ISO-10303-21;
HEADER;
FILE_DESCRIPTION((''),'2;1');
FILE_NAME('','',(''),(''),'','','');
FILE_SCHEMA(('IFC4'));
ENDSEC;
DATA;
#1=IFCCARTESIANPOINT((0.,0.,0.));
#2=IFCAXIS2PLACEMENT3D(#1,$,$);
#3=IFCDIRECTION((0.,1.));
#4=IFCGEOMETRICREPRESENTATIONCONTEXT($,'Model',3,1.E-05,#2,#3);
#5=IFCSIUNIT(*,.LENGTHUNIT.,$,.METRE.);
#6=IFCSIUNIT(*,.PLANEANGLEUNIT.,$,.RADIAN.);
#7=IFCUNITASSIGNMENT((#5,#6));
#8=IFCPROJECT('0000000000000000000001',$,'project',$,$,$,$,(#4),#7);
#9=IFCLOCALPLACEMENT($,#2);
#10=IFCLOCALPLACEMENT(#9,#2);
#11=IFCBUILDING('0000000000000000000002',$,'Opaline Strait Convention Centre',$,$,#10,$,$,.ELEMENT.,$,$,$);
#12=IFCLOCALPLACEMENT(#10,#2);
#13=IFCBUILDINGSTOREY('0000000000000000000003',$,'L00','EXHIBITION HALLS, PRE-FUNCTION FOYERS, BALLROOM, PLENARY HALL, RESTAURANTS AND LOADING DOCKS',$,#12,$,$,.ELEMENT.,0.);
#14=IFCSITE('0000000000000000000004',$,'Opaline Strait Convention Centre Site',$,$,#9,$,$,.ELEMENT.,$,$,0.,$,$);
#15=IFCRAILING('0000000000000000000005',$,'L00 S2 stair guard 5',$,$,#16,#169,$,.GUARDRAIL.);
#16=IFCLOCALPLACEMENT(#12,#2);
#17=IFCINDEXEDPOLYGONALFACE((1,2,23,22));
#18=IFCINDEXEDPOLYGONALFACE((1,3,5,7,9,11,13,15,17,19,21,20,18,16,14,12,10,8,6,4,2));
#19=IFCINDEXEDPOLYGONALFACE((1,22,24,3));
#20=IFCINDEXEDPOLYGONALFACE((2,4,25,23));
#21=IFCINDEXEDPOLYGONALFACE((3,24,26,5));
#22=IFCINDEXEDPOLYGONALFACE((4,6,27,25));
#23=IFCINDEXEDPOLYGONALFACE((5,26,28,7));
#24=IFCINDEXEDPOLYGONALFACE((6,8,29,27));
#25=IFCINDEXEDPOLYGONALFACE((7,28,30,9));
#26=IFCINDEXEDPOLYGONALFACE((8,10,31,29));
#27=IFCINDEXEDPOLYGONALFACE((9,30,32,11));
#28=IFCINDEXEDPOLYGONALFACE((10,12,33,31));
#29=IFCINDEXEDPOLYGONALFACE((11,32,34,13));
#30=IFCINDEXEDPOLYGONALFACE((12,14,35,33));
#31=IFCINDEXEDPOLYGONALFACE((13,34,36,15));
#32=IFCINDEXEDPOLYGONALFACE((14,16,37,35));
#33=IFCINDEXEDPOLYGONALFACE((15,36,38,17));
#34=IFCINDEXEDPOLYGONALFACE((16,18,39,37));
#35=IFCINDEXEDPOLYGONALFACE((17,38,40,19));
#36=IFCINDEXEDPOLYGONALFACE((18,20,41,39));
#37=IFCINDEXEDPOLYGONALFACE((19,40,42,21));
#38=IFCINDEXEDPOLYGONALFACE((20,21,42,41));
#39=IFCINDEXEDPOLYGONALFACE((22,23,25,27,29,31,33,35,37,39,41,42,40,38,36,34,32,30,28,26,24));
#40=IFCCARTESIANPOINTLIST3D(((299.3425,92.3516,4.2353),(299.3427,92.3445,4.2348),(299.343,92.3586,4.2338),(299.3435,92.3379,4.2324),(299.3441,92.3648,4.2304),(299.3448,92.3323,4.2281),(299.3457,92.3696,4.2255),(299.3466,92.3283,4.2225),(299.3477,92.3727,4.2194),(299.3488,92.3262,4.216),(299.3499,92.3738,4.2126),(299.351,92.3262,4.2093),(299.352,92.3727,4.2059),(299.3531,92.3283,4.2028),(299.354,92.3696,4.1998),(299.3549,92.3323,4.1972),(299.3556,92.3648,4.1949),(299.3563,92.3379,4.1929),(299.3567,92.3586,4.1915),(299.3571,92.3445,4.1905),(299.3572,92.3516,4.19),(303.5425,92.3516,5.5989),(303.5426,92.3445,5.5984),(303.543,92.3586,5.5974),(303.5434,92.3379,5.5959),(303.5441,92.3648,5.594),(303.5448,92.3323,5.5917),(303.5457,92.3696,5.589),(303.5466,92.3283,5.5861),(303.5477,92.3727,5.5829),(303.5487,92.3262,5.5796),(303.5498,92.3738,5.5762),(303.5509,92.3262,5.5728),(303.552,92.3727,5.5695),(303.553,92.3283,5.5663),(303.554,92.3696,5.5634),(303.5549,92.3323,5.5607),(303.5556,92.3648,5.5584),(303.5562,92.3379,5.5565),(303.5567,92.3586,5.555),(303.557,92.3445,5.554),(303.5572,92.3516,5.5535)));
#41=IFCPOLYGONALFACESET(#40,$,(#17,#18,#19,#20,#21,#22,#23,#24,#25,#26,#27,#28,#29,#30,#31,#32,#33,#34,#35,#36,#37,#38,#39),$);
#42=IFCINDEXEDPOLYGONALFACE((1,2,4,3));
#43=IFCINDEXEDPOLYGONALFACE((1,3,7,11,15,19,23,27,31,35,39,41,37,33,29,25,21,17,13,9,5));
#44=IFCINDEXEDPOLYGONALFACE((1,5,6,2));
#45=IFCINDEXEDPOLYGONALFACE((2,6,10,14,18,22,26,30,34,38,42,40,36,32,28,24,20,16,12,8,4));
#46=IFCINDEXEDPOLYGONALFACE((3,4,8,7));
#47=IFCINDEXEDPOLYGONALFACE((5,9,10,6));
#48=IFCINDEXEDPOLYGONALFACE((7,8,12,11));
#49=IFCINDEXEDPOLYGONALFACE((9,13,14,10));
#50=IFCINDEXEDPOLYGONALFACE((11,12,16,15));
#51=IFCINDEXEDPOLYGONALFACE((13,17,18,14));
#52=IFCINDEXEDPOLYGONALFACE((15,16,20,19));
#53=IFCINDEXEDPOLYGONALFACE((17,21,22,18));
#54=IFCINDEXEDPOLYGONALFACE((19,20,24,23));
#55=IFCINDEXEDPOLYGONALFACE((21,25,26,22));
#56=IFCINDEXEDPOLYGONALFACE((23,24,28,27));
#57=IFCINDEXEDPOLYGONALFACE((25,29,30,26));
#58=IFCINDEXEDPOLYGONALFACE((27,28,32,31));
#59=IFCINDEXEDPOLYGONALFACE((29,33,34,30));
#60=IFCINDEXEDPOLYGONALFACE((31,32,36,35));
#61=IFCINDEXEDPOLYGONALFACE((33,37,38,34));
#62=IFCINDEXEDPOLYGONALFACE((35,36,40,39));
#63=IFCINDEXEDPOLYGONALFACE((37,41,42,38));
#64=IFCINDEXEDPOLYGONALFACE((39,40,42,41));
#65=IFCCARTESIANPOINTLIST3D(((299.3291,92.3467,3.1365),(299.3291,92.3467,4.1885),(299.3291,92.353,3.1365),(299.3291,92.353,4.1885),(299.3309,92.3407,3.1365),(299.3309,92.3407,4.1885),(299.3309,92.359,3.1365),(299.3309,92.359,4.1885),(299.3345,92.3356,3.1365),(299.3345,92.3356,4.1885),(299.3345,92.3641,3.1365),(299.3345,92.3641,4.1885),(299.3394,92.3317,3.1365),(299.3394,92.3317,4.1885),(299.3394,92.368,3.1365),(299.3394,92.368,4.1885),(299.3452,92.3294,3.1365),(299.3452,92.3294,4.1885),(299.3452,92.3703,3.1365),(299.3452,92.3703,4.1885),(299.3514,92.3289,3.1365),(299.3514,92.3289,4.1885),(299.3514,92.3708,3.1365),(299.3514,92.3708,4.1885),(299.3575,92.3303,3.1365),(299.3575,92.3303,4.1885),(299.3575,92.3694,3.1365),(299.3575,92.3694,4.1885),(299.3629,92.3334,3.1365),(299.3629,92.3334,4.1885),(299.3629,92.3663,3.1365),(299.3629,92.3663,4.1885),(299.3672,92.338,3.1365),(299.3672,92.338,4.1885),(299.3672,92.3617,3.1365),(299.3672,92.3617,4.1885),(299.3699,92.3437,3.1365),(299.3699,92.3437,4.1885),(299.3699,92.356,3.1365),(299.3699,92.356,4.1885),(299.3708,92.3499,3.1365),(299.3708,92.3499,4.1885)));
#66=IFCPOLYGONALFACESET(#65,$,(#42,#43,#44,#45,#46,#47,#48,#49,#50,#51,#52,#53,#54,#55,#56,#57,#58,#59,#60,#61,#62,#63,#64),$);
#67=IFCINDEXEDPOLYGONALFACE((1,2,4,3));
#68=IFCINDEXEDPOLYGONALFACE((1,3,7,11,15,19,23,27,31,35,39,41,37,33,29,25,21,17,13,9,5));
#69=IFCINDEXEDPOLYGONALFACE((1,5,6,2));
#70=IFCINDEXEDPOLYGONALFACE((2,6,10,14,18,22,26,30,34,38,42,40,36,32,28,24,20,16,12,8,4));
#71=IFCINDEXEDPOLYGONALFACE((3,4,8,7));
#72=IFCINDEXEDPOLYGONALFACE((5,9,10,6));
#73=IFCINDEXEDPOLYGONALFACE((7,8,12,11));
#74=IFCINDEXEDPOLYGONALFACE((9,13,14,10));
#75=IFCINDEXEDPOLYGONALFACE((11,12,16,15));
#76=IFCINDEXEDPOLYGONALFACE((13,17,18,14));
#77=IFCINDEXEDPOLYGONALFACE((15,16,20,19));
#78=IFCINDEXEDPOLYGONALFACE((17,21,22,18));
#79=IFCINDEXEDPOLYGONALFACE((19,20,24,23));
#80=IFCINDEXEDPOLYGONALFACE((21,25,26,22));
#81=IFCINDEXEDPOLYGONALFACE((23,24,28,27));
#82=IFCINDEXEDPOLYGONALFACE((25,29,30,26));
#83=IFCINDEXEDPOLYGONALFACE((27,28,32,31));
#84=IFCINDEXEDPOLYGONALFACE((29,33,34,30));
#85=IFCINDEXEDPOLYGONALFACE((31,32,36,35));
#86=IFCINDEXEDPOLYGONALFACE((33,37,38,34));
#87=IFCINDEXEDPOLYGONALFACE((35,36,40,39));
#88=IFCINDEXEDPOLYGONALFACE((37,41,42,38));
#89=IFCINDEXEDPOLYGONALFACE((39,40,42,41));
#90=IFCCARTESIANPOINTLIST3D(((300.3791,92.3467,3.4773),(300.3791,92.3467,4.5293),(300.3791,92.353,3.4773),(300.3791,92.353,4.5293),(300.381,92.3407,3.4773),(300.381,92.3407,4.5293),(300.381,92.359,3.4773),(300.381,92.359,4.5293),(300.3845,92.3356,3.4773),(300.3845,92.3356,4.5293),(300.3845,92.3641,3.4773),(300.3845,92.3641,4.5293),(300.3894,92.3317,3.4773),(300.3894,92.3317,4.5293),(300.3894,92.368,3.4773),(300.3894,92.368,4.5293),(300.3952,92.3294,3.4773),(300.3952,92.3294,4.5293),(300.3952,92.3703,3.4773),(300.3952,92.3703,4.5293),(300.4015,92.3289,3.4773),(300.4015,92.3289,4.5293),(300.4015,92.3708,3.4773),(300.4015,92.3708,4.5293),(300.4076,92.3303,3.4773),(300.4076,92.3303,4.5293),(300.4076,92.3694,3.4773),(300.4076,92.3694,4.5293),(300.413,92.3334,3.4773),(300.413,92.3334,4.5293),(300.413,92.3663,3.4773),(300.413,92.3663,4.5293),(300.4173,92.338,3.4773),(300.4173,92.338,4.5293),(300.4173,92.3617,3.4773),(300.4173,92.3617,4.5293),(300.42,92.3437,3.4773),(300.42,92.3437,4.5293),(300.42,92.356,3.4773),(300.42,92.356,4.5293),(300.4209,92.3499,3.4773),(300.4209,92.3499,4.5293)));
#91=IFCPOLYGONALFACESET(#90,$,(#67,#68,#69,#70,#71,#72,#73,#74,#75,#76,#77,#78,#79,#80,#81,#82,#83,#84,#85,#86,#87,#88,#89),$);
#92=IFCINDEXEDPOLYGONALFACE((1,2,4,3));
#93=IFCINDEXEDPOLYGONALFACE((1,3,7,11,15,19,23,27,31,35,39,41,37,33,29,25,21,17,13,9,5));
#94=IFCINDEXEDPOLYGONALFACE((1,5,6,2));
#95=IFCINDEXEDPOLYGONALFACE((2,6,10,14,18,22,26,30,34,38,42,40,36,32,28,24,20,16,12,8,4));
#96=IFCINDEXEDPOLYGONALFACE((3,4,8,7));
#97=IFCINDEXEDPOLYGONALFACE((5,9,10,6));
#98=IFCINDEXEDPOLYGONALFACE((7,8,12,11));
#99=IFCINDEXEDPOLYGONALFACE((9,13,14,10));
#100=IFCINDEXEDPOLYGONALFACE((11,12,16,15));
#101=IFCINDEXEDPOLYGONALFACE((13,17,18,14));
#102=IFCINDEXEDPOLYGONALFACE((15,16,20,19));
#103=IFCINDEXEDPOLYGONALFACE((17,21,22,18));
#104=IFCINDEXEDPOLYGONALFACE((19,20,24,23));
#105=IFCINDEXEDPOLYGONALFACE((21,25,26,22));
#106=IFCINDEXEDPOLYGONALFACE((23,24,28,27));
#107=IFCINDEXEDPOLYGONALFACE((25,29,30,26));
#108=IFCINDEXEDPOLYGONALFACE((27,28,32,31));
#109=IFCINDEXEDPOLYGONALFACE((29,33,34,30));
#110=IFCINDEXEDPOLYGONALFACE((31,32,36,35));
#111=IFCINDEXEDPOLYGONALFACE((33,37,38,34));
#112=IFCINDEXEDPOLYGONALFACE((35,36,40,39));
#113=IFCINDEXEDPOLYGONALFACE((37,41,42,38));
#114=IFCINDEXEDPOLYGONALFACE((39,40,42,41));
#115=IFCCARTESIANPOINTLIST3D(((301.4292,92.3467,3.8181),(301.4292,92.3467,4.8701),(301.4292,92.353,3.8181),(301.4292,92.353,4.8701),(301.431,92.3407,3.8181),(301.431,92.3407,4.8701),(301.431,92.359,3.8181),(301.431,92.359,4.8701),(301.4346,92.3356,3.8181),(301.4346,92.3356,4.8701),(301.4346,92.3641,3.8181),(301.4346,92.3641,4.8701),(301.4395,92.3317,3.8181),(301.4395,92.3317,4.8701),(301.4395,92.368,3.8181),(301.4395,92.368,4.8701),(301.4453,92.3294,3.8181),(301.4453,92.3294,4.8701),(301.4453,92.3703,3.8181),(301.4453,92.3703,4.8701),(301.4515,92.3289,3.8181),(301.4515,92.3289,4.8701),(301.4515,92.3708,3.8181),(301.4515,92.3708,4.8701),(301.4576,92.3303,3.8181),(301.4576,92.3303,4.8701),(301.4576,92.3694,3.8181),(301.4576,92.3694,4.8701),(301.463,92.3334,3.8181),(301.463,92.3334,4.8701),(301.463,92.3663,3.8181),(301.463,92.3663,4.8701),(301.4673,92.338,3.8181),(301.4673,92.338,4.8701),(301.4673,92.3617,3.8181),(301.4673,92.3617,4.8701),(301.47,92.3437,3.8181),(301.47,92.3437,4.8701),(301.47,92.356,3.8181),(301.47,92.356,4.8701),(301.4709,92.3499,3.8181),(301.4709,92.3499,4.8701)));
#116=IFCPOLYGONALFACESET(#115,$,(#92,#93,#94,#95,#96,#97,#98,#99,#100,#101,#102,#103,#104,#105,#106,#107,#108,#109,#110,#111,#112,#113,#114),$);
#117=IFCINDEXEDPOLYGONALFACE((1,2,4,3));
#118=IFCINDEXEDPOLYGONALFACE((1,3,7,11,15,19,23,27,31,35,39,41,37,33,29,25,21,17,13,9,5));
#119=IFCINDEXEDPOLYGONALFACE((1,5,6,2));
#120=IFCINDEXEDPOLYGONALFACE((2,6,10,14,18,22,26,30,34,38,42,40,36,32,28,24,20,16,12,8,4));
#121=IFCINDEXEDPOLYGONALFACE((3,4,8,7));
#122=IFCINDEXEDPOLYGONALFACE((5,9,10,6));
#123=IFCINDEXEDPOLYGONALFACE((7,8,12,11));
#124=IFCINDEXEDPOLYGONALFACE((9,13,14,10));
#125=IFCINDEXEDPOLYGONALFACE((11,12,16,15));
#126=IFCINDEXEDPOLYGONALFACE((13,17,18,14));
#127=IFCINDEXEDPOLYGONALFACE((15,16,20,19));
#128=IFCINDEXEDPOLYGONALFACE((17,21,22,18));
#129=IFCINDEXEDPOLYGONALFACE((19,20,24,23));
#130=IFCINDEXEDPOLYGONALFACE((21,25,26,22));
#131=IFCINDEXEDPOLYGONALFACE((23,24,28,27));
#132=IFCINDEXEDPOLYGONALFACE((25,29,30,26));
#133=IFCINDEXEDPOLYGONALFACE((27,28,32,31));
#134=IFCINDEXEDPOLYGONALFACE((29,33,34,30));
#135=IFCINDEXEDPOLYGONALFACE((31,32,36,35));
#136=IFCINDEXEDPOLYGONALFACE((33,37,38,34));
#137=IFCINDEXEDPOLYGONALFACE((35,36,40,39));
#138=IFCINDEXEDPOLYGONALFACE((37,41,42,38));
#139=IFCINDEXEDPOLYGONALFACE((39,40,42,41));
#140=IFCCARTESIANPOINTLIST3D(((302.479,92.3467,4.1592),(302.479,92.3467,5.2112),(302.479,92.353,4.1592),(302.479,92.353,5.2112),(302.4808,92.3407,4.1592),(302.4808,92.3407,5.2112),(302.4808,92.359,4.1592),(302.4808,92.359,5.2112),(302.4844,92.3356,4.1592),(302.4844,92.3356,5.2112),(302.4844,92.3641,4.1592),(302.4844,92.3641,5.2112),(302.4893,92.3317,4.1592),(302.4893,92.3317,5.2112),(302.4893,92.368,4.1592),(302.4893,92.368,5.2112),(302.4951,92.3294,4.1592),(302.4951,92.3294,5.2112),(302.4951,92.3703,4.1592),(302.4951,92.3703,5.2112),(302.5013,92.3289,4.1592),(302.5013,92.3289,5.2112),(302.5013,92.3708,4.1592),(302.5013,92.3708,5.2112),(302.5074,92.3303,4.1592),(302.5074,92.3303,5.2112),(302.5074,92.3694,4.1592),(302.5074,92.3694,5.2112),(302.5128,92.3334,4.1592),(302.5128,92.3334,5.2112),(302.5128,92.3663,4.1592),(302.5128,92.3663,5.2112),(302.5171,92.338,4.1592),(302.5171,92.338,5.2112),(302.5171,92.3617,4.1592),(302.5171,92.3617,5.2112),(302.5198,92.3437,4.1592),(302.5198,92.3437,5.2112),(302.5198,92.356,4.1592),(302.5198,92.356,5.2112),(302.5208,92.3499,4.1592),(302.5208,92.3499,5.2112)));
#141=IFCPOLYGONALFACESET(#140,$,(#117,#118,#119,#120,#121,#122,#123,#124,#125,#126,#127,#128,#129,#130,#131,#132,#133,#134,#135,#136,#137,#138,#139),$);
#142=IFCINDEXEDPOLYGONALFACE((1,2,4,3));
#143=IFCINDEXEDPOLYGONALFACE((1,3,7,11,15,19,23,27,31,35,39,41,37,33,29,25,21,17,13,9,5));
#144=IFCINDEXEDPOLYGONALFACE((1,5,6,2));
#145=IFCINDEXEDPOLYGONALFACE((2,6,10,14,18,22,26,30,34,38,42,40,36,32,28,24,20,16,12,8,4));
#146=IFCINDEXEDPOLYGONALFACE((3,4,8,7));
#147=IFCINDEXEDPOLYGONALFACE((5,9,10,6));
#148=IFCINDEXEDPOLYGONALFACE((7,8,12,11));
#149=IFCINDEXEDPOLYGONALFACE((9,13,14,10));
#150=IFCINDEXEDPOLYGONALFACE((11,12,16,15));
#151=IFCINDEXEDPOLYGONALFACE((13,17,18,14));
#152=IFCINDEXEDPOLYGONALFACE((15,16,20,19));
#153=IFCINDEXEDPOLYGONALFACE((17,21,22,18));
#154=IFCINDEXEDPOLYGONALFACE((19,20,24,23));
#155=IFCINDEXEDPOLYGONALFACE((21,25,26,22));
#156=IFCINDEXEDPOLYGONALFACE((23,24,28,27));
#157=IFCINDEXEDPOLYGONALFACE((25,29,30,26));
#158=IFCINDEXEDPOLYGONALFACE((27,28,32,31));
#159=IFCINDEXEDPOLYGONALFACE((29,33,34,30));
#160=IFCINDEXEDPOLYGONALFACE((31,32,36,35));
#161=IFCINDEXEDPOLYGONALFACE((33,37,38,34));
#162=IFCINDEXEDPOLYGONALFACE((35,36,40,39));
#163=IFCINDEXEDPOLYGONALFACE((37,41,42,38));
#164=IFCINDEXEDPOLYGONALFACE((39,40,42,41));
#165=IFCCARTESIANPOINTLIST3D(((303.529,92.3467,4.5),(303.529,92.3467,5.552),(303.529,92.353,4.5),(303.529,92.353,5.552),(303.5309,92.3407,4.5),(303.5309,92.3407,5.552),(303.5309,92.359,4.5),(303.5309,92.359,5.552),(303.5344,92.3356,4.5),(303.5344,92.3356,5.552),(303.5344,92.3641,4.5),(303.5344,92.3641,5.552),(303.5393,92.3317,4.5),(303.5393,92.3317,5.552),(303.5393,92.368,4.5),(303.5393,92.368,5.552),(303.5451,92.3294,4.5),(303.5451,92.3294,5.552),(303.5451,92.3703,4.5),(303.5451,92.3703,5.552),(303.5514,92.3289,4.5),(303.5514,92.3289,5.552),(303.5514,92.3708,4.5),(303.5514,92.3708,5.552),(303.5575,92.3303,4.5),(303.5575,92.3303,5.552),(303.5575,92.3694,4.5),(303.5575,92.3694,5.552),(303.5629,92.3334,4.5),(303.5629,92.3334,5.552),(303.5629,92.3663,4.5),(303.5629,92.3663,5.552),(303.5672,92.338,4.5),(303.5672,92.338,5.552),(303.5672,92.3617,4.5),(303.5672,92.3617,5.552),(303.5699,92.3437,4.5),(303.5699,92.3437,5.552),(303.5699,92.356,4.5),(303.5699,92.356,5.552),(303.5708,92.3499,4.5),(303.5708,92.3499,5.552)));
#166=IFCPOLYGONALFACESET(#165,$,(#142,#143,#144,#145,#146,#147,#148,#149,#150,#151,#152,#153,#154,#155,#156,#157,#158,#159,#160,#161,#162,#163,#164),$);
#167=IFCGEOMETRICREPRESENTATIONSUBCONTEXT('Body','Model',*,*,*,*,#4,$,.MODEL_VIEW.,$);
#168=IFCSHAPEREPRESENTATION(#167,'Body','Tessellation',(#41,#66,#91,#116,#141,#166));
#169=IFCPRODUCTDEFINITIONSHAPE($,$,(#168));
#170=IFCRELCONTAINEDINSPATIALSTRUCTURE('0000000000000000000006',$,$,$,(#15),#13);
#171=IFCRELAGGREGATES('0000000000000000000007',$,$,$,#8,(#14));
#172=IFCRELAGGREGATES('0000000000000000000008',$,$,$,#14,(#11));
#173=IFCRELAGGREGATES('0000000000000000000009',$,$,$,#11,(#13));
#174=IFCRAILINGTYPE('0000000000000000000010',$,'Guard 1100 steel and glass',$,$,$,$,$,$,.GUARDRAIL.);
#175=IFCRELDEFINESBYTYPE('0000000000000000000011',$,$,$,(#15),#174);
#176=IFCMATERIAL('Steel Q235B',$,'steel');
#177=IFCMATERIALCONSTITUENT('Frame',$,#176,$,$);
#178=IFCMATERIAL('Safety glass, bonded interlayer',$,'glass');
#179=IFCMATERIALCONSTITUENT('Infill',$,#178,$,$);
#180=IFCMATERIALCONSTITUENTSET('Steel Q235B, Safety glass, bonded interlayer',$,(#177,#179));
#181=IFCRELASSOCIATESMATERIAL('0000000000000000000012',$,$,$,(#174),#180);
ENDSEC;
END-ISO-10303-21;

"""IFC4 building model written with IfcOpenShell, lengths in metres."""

from ifc_helpers import new_model, si_unit, direction, frame, origin, origin_2d, place, context, subcontext, project, spatial, circle, extrude, material, constituent, constituent_set, type_object, element, save


model = new_model("IFC4")

# Units and contexts
model_context = context("Model", 3, precision=1e-05, world=origin(), true_north=direction((0.0, 1.0)))
body_context = subcontext(model_context, "Body", "Model", "MODEL_VIEW")
ifc_project = project(units=[si_unit("LENGTHUNIT", "METRE"), si_unit("PLANEANGLEUNIT", "RADIAN")], contexts=[model_context])

# Site, building, storey
site_placement = place(None, origin())
site = spatial("IfcSite", under=ifc_project, at=site_placement, Name="Opaline Strait Convention Centre Site", CompositionType="ELEMENT", RefElevation=0.0)
building_placement = place(site_placement, origin())
building = spatial("IfcBuilding", under=site, at=building_placement, Name="Opaline Strait Convention Centre", CompositionType="ELEMENT")
storey_placement = place(building_placement, origin())
storey = spatial("IfcBuildingStorey", under=building, at=storey_placement, Name="L00", Description="EXHIBITION HALLS, PRE-FUNCTION FOYERS, BALLROOM, PLENARY HALL, RESTAURANTS AND LOADING DOCKS", CompositionType="ELEMENT", Elevation=0.0)

# Railing
ifc_material_1 = material(Name="Steel Q235B", Category="steel")
ifc_constituent_1 = constituent(ifc_material_1, Name="Frame")
ifc_material_2 = material(Name="Safety glass, bonded interlayer", Category="glass")
ifc_constituent_2 = constituent(ifc_material_2, Name="Infill")
ifc_constituent_set = constituent_set(constituents=[ifc_constituent_1, ifc_constituent_2], Name="Steel Q235B, Safety glass, bonded interlayer")
railing_type_1 = type_object("IfcRailingType", Name="Guard 1100 steel and glass", PredefinedType="GUARDRAIL", material=ifc_constituent_set)
railing_1_placement = place(storey_placement, frame((299.3499, 92.3499, 3.1365)))
element("IfcRailing", 1, at=railing_1_placement, inside=storey, type_object=railing_type_1, Name="L00 S2 stair guard 5", PredefinedType="GUARDRAIL", context=body_context, shape_type="SweptSolid", body=[
    extrude(circle(Radius=0.0239, at=origin_2d()), frame((0.0, 0.0, 1.0762), z_axis=(0.951131, 0.0, 0.308787), x_axis=(0.0, 1.0, 0.0)), (0.0, 0.0, 1.0), 4.4158),
    extrude(circle(Radius=0.021, at=origin_2d()), origin(), (0.0, 0.0, 1.0), 1.052),
    extrude(circle(Radius=0.021, at=origin_2d()), frame((1.05, 0.0, 0.3408)), (0.0, 0.0, 1.0), 1.052),
    extrude(circle(Radius=0.021, at=origin_2d()), frame((2.1001, 0.0, 0.6816)), (0.0, 0.0, 1.0), 1.052),
    extrude(circle(Radius=0.021, at=origin_2d()), frame((3.1499, 0.0, 1.0227)), (0.0, 0.0, 1.0), 1.052),
    extrude(circle(Radius=0.021, at=origin_2d()), frame((4.2, 0.0, 1.3635)), (0.0, 0.0, 1.0), 1.052),
])

save(model, "model.ifc")
